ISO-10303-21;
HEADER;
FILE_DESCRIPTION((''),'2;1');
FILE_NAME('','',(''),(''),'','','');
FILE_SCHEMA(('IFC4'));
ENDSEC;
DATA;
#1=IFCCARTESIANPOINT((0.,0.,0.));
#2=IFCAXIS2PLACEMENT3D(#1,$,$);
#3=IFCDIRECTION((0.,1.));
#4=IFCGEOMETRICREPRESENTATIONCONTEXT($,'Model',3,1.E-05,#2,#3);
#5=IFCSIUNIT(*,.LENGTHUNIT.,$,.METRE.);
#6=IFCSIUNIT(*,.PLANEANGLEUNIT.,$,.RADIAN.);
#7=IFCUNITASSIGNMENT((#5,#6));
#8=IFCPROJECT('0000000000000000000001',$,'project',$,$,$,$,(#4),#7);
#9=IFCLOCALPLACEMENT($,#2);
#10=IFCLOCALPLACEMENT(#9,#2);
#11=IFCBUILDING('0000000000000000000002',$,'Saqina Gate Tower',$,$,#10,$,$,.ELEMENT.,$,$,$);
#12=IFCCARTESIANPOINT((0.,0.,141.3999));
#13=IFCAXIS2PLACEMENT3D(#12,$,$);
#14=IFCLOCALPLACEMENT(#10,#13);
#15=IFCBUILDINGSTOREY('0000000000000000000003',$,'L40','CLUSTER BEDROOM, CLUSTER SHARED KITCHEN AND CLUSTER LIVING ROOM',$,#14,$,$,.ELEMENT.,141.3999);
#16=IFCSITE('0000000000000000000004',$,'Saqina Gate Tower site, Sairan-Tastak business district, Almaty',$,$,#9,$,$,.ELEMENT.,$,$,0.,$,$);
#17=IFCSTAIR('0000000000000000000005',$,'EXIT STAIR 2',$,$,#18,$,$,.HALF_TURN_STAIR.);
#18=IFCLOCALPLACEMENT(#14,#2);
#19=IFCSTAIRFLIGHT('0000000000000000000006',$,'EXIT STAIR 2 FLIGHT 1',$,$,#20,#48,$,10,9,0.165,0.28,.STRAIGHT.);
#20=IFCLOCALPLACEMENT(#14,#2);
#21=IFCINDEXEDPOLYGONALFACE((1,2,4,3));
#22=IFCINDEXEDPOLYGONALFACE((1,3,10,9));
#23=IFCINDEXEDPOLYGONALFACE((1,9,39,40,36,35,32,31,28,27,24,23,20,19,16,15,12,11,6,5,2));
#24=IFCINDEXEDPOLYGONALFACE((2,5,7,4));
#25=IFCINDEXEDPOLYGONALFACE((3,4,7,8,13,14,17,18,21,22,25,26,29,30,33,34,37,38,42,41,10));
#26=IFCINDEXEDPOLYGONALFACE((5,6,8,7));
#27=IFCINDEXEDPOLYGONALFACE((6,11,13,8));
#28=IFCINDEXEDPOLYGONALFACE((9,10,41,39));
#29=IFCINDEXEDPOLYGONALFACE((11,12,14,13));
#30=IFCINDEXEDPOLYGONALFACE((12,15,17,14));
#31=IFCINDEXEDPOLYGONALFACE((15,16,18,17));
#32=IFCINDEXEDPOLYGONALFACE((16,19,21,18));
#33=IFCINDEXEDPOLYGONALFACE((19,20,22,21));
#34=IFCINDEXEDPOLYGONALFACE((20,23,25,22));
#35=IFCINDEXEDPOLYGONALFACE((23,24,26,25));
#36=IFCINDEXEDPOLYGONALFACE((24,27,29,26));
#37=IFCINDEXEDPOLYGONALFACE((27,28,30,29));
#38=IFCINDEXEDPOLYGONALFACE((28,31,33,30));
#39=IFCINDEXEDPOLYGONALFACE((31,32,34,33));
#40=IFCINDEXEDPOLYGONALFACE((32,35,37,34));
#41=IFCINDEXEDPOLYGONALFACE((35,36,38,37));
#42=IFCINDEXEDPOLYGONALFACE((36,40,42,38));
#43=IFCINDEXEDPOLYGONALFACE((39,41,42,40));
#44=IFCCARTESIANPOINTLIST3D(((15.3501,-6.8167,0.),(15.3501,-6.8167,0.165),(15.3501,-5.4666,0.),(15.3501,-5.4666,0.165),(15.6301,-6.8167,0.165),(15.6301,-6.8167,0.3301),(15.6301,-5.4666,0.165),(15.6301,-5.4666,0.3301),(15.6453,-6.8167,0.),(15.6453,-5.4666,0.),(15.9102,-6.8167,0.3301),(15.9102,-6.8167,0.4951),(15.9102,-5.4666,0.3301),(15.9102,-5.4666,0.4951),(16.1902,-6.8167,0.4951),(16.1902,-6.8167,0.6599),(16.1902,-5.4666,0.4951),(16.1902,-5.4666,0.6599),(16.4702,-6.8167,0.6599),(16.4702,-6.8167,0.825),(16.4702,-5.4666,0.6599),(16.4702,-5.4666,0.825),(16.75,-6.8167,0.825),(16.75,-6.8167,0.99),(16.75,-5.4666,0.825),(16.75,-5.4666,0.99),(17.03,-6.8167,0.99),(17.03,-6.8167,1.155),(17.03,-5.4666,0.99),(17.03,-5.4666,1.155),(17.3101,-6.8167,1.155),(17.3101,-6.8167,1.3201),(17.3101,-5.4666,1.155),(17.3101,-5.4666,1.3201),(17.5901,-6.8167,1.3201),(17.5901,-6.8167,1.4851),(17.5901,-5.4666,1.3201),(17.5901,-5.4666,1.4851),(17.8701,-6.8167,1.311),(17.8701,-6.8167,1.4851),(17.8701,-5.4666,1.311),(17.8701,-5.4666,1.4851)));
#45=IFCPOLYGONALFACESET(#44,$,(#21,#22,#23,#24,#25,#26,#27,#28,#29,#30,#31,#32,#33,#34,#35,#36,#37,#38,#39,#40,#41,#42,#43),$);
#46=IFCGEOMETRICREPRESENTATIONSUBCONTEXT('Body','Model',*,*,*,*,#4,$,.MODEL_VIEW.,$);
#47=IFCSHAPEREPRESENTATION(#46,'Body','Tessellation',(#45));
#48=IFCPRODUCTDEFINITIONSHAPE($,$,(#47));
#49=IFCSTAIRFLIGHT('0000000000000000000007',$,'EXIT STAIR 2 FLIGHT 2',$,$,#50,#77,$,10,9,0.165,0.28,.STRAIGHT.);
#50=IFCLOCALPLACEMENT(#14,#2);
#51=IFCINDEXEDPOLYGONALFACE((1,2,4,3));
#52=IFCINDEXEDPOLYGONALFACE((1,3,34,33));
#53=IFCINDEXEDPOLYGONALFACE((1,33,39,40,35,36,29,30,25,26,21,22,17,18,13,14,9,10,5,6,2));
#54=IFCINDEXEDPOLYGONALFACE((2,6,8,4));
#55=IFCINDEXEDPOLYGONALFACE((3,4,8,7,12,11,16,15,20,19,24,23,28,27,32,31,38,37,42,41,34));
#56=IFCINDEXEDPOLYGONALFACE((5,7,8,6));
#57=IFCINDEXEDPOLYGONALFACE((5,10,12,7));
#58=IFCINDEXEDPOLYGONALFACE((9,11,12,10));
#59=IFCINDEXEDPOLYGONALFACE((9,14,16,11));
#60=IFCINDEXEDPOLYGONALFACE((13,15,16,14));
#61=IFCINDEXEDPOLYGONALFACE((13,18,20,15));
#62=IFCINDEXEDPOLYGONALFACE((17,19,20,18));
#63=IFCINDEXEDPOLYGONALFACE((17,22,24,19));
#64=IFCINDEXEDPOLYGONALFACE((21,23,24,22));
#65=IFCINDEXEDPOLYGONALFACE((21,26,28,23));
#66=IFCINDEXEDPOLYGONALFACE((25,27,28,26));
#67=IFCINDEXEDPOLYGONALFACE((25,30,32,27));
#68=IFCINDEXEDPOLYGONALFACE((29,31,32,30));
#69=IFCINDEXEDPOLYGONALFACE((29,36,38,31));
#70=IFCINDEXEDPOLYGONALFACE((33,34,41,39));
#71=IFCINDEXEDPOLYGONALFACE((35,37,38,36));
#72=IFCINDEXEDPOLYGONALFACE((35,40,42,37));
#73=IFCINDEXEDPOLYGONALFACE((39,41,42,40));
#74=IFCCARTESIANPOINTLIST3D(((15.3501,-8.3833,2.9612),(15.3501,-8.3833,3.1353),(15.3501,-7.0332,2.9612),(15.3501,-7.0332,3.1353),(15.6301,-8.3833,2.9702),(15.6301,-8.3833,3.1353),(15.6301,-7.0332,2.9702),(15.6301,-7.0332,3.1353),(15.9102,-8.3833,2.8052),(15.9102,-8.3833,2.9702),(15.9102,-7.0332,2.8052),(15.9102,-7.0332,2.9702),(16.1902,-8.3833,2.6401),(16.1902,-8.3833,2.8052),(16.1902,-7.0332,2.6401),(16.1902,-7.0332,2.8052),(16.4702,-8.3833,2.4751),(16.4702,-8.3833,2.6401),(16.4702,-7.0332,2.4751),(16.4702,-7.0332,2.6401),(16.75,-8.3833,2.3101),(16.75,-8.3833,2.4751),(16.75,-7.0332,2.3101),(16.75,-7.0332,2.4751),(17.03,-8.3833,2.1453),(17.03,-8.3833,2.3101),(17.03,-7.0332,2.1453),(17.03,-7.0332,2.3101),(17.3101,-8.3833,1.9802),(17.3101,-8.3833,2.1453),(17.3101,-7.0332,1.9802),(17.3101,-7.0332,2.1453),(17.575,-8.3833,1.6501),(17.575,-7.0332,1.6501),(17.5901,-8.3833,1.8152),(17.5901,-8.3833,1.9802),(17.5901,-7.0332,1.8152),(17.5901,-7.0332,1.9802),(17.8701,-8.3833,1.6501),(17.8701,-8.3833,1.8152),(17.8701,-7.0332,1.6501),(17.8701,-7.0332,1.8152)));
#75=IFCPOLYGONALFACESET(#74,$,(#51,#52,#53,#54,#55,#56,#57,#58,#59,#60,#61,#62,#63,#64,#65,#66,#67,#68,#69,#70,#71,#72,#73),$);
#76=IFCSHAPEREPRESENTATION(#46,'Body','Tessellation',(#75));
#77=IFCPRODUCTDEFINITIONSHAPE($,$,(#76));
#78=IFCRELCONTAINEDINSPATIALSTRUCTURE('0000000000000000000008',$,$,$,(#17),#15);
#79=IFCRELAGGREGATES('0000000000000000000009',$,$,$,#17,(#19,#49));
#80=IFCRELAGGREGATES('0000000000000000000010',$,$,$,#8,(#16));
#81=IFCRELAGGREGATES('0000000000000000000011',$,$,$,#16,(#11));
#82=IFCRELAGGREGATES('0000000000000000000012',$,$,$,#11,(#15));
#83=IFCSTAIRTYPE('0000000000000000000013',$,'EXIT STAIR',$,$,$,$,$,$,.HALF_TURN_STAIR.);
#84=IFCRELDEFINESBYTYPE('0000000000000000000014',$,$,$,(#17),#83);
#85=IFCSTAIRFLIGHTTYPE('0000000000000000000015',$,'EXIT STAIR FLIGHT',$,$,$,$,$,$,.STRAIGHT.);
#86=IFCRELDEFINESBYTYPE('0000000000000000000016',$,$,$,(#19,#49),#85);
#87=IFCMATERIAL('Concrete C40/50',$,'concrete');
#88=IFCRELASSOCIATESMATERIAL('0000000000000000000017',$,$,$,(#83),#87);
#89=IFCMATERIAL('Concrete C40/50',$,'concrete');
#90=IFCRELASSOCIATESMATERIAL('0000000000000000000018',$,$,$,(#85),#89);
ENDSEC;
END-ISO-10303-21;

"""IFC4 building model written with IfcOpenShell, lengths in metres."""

from ifc_helpers import new_model, si_unit, direction, frame, origin, place, context, subcontext, project, spatial, polyline, outline, extrude, material, type_object, element, aggregate, save


model = new_model("IFC4")

# Units and contexts
model_context = context("Model", 3, precision=1e-05, world=origin(), true_north=direction((0.0, 1.0)))
body_context = subcontext(model_context, "Body", "Model", "MODEL_VIEW")
ifc_project = project(units=[si_unit("LENGTHUNIT", "METRE"), si_unit("PLANEANGLEUNIT", "RADIAN")], contexts=[model_context])

# Site, building, storey
site_placement = place(None, origin())
site = spatial("IfcSite", under=ifc_project, at=site_placement, Name="Saqina Gate Tower site, Sairan-Tastak business district, Almaty", CompositionType="ELEMENT", RefElevation=0.0)
building_placement = place(site_placement, origin())
building = spatial("IfcBuilding", under=site, at=building_placement, Name="Saqina Gate Tower", CompositionType="ELEMENT")
storey_placement = place(building_placement, frame((0.0, 0.0, 141.3999)))
storey = spatial("IfcBuildingStorey", under=building, at=storey_placement, Name="L40", Description="CLUSTER BEDROOM, CLUSTER SHARED KITCHEN AND CLUSTER LIVING ROOM", CompositionType="ELEMENT", Elevation=141.3999)

# Stair, stair flights
ifc_material_1 = material(Name="Concrete C40/50", Category="concrete")
stair_type = type_object("IfcStairType", Name="EXIT STAIR", PredefinedType="HALF_TURN_STAIR", material=ifc_material_1)
stair_placement = place(storey_placement, origin())
stair = element("IfcStair", 1, at=stair_placement, inside=storey, type_object=stair_type, Name="EXIT STAIR 2", PredefinedType="HALF_TURN_STAIR")
ifc_material_2 = material(Name="Concrete C40/50", Category="concrete")
stair_flight_type = type_object("IfcStairFlightType", Name="EXIT STAIR FLIGHT", PredefinedType="STRAIGHT", material=ifc_material_2)
stair_flight_1_placement = place(storey_placement, frame((15.3501, -6.1416, 0.0), z_axis=(0.0, 0.0, 1.0), x_axis=(1.0, 0.0, 0.0)))
stair_flight_1 = element("IfcStairFlight", 2, at=stair_flight_1_placement, type_object=stair_flight_type, Name="EXIT STAIR 2 FLIGHT 1", NumberOfRisers=10, NumberOfTreads=9, PredefinedType="STRAIGHT", RiserHeight=0.165, TreadLength=0.28, context=body_context, shape_type="SweptSolid", body=[
    extrude(outline(polyline([(0.0, 0.0), (0.0, 0.165), (0.28, 0.165), (0.28, 0.3301), (0.5601, 0.3301), (0.5601, 0.4951), (0.8401, 0.4951), (0.8401, 0.6599), (1.1201, 0.6599), (1.1201, 0.825), (1.3999, 0.825), (1.3999, 0.99), (1.6799, 0.99), (1.6799, 1.155), (1.96, 1.155), (1.96, 1.3201), (2.24, 1.3201), (2.24, 1.4851), (2.52, 1.4851), (2.52, 1.6499), (2.52, 1.311), (0.2952, 0.0), (0.0, 0.0)])), frame((0.0, 0.675, 0.0), z_axis=(0.0, -1.0, 0.0), x_axis=(1.0, 0.0, 0.0)), (0.0, 0.0, 1.0), 1.3501),
])
stair_flight_2_placement = place(storey_placement, frame((17.8701, -7.7083, 1.6501), z_axis=(0.0, 0.0, 1.0), x_axis=(-1.0, 0.0, 0.0)))
stair_flight_2 = element("IfcStairFlight", 3, at=stair_flight_2_placement, type_object=stair_flight_type, Name="EXIT STAIR 2 FLIGHT 2", NumberOfRisers=10, NumberOfTreads=9, PredefinedType="STRAIGHT", RiserHeight=0.165, TreadLength=0.28, context=body_context, shape_type="SweptSolid", body=[
    extrude(outline(polyline([(0.0, 0.0), (0.0, 0.165), (0.28, 0.165), (0.28, 0.3301), (0.5601, 0.3301), (0.5601, 0.4951), (0.8401, 0.4951), (0.8401, 0.6599), (1.1201, 0.6599), (1.1201, 0.825), (1.3999, 0.825), (1.3999, 0.99), (1.6799, 0.99), (1.6799, 1.155), (1.96, 1.155), (1.96, 1.3201), (2.24, 1.3201), (2.24, 1.4851), (2.52, 1.4851), (2.52, 1.6499), (2.52, 1.311), (0.2952, 0.0), (0.0, 0.0)])), frame((0.0, 0.675, 0.0), z_axis=(0.0, -1.0, 0.0), x_axis=(1.0, 0.0, 0.0)), (0.0, 0.0, 1.0), 1.3501),
])
aggregate(stair, [stair_flight_1, stair_flight_2])

save(model, "model.ifc")
